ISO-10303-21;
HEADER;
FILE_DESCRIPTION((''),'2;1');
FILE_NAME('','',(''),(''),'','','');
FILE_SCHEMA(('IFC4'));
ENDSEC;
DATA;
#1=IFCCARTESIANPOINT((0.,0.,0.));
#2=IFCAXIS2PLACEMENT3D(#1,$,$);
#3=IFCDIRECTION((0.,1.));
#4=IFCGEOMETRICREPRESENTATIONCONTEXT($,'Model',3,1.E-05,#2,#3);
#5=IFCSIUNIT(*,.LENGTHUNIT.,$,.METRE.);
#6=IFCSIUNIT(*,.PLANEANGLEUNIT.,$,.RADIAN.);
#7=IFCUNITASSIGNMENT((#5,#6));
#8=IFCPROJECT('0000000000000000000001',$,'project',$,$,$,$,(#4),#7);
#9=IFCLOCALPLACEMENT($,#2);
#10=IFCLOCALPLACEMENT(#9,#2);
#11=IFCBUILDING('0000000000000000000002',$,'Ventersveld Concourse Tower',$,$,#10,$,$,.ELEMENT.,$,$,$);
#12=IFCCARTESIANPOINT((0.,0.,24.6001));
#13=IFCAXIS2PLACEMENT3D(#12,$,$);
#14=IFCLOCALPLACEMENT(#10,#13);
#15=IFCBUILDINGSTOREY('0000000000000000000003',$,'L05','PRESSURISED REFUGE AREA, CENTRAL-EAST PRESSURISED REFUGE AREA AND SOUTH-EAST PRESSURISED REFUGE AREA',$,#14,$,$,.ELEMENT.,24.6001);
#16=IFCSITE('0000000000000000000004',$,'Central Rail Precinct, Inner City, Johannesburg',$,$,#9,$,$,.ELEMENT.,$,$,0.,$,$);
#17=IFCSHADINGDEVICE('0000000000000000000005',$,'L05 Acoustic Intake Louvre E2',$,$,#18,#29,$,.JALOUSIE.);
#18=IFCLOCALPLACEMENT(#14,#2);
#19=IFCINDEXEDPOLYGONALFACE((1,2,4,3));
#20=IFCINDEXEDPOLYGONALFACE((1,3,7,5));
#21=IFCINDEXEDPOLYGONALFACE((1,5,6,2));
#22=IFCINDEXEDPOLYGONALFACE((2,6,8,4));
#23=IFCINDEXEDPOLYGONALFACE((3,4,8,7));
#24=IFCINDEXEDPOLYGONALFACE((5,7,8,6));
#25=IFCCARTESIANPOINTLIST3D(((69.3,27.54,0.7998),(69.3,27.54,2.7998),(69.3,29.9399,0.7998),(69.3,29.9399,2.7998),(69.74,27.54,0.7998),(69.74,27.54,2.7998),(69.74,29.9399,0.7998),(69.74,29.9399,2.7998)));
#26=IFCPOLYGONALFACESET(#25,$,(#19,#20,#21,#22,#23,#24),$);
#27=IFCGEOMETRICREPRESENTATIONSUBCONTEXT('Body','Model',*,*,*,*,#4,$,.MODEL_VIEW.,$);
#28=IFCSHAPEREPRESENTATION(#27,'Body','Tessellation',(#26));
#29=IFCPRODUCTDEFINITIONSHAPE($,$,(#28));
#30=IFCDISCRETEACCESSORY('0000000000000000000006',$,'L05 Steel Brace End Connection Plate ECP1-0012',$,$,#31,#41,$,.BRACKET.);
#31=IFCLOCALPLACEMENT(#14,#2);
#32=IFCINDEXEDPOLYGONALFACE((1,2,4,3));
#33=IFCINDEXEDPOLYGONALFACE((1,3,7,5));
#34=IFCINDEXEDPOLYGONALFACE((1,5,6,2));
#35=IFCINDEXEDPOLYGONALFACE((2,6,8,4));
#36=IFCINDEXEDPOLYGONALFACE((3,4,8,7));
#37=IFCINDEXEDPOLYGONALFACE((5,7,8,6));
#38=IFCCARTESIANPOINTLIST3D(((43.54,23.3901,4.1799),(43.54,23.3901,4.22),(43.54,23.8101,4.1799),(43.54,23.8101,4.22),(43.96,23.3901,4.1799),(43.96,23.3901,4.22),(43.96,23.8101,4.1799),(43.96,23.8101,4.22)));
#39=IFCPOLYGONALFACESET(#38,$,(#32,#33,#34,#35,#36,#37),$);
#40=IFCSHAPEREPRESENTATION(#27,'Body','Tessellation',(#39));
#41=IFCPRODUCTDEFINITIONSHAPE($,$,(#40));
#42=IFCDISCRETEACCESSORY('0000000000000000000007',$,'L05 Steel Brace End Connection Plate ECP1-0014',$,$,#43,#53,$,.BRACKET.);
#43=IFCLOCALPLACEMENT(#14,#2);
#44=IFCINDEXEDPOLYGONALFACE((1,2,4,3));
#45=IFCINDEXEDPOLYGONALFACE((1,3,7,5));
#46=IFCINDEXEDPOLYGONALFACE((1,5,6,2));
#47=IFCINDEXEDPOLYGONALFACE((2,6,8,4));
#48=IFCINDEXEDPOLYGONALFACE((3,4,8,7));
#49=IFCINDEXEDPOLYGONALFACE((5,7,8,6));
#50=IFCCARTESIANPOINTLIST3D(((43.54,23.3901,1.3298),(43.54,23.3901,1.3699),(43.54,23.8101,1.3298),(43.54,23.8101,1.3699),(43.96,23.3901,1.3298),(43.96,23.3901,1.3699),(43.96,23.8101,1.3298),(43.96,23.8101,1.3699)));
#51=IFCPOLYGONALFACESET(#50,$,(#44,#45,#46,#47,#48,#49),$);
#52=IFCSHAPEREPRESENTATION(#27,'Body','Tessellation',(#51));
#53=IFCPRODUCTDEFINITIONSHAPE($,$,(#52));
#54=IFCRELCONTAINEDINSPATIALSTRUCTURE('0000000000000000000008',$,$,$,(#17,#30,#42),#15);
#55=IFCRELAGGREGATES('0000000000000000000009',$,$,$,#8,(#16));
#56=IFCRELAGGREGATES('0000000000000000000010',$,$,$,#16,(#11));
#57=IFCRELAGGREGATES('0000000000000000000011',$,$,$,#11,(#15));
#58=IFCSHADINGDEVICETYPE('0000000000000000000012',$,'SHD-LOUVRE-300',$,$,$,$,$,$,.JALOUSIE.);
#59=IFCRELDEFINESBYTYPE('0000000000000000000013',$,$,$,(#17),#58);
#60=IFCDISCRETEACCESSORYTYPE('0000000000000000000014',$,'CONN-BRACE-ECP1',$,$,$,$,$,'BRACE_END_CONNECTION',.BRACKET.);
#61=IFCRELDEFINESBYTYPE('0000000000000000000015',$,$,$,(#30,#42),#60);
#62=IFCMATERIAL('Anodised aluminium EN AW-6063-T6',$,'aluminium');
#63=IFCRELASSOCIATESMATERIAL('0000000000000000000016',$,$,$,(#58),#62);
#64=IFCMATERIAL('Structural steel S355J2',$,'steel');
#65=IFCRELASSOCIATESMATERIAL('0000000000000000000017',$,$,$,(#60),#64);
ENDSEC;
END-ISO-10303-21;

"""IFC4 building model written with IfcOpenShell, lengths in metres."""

from ifc_helpers import new_model, si_unit, direction, frame, origin, origin_2d, place, context, subcontext, project, spatial, rectangle, extrude, material, type_object, element, save


model = new_model("IFC4")

# Units and contexts
model_context = context("Model", 3, precision=1e-05, world=origin(), true_north=direction((0.0, 1.0)))
body_context = subcontext(model_context, "Body", "Model", "MODEL_VIEW")
ifc_project = project(units=[si_unit("LENGTHUNIT", "METRE"), si_unit("PLANEANGLEUNIT", "RADIAN")], contexts=[model_context])

# Site, building, storey
site_placement = place(None, origin())
site = spatial("IfcSite", under=ifc_project, at=site_placement, Name="Central Rail Precinct, Inner City, Johannesburg", CompositionType="ELEMENT", RefElevation=0.0)
building_placement = place(site_placement, origin())
building = spatial("IfcBuilding", under=site, at=building_placement, Name="Ventersveld Concourse Tower", CompositionType="ELEMENT")
storey_placement = place(building_placement, frame((0.0, 0.0, 24.6001)))
storey = spatial("IfcBuildingStorey", under=building, at=storey_placement, Name="L05", Description="PRESSURISED REFUGE AREA, CENTRAL-EAST PRESSURISED REFUGE AREA AND SOUTH-EAST PRESSURISED REFUGE AREA", CompositionType="ELEMENT", Elevation=24.6001)

# Shared definitions
ifc_material_1 = material(Name="Structural steel S355J2", Category="steel")

# Shading device
ifc_material_2 = material(Name="Anodised aluminium EN AW-6063-T6", Category="aluminium")
shading_device_type = type_object("IfcShadingDeviceType", Name="SHD-LOUVRE-300", PredefinedType="JALOUSIE", material=ifc_material_2)
shading_device_placement = place(storey_placement, frame((69.52, 28.74, 0.7998), z_axis=(0.0, 0.0, 1.0), x_axis=(0.0, 1.0, 0.0)))
element("IfcShadingDevice", 1, at=shading_device_placement, inside=storey, type_object=shading_device_type, Name="L05 Acoustic Intake Louvre E2", PredefinedType="JALOUSIE", context=body_context, shape_type="SweptSolid", body=[
    extrude(rectangle(XDim=2.3999, YDim=0.4399, at=origin_2d()), origin(), (0.0, 0.0, 1.0), 2.0),
])

# Discrete accessories
discrete_accessory_type = type_object("IfcDiscreteAccessoryType", Name="CONN-BRACE-ECP1", ElementType="BRACE_END_CONNECTION", PredefinedType="BRACKET", material=ifc_material_1)
for number, where, z_axis, x_axis, name in (
    (2, (43.75, 23.6001, 4.1799), (0.0, 0.0, 1.0), (1.0, 0.0, 0.0), "L05 Steel Brace End Connection Plate ECP1-0012"),
    (3, (43.75, 23.6001, 1.3298), (0.0, 0.0, 1.0), (1.0, 0.0, 0.0), "L05 Steel Brace End Connection Plate ECP1-0014"),
):
    element("IfcDiscreteAccessory", number, at=place(storey_placement, frame(where, z_axis=z_axis, x_axis=x_axis)), inside=storey, type_object=discrete_accessory_type, Name=name, PredefinedType="BRACKET", context=body_context, shape_type="SweptSolid", body=[
        extrude(rectangle(XDim=0.4199, YDim=0.4199, at=origin_2d()), origin(), (0.0, 0.0, 1.0), 0.04),
    ])

save(model, "model.ifc")
